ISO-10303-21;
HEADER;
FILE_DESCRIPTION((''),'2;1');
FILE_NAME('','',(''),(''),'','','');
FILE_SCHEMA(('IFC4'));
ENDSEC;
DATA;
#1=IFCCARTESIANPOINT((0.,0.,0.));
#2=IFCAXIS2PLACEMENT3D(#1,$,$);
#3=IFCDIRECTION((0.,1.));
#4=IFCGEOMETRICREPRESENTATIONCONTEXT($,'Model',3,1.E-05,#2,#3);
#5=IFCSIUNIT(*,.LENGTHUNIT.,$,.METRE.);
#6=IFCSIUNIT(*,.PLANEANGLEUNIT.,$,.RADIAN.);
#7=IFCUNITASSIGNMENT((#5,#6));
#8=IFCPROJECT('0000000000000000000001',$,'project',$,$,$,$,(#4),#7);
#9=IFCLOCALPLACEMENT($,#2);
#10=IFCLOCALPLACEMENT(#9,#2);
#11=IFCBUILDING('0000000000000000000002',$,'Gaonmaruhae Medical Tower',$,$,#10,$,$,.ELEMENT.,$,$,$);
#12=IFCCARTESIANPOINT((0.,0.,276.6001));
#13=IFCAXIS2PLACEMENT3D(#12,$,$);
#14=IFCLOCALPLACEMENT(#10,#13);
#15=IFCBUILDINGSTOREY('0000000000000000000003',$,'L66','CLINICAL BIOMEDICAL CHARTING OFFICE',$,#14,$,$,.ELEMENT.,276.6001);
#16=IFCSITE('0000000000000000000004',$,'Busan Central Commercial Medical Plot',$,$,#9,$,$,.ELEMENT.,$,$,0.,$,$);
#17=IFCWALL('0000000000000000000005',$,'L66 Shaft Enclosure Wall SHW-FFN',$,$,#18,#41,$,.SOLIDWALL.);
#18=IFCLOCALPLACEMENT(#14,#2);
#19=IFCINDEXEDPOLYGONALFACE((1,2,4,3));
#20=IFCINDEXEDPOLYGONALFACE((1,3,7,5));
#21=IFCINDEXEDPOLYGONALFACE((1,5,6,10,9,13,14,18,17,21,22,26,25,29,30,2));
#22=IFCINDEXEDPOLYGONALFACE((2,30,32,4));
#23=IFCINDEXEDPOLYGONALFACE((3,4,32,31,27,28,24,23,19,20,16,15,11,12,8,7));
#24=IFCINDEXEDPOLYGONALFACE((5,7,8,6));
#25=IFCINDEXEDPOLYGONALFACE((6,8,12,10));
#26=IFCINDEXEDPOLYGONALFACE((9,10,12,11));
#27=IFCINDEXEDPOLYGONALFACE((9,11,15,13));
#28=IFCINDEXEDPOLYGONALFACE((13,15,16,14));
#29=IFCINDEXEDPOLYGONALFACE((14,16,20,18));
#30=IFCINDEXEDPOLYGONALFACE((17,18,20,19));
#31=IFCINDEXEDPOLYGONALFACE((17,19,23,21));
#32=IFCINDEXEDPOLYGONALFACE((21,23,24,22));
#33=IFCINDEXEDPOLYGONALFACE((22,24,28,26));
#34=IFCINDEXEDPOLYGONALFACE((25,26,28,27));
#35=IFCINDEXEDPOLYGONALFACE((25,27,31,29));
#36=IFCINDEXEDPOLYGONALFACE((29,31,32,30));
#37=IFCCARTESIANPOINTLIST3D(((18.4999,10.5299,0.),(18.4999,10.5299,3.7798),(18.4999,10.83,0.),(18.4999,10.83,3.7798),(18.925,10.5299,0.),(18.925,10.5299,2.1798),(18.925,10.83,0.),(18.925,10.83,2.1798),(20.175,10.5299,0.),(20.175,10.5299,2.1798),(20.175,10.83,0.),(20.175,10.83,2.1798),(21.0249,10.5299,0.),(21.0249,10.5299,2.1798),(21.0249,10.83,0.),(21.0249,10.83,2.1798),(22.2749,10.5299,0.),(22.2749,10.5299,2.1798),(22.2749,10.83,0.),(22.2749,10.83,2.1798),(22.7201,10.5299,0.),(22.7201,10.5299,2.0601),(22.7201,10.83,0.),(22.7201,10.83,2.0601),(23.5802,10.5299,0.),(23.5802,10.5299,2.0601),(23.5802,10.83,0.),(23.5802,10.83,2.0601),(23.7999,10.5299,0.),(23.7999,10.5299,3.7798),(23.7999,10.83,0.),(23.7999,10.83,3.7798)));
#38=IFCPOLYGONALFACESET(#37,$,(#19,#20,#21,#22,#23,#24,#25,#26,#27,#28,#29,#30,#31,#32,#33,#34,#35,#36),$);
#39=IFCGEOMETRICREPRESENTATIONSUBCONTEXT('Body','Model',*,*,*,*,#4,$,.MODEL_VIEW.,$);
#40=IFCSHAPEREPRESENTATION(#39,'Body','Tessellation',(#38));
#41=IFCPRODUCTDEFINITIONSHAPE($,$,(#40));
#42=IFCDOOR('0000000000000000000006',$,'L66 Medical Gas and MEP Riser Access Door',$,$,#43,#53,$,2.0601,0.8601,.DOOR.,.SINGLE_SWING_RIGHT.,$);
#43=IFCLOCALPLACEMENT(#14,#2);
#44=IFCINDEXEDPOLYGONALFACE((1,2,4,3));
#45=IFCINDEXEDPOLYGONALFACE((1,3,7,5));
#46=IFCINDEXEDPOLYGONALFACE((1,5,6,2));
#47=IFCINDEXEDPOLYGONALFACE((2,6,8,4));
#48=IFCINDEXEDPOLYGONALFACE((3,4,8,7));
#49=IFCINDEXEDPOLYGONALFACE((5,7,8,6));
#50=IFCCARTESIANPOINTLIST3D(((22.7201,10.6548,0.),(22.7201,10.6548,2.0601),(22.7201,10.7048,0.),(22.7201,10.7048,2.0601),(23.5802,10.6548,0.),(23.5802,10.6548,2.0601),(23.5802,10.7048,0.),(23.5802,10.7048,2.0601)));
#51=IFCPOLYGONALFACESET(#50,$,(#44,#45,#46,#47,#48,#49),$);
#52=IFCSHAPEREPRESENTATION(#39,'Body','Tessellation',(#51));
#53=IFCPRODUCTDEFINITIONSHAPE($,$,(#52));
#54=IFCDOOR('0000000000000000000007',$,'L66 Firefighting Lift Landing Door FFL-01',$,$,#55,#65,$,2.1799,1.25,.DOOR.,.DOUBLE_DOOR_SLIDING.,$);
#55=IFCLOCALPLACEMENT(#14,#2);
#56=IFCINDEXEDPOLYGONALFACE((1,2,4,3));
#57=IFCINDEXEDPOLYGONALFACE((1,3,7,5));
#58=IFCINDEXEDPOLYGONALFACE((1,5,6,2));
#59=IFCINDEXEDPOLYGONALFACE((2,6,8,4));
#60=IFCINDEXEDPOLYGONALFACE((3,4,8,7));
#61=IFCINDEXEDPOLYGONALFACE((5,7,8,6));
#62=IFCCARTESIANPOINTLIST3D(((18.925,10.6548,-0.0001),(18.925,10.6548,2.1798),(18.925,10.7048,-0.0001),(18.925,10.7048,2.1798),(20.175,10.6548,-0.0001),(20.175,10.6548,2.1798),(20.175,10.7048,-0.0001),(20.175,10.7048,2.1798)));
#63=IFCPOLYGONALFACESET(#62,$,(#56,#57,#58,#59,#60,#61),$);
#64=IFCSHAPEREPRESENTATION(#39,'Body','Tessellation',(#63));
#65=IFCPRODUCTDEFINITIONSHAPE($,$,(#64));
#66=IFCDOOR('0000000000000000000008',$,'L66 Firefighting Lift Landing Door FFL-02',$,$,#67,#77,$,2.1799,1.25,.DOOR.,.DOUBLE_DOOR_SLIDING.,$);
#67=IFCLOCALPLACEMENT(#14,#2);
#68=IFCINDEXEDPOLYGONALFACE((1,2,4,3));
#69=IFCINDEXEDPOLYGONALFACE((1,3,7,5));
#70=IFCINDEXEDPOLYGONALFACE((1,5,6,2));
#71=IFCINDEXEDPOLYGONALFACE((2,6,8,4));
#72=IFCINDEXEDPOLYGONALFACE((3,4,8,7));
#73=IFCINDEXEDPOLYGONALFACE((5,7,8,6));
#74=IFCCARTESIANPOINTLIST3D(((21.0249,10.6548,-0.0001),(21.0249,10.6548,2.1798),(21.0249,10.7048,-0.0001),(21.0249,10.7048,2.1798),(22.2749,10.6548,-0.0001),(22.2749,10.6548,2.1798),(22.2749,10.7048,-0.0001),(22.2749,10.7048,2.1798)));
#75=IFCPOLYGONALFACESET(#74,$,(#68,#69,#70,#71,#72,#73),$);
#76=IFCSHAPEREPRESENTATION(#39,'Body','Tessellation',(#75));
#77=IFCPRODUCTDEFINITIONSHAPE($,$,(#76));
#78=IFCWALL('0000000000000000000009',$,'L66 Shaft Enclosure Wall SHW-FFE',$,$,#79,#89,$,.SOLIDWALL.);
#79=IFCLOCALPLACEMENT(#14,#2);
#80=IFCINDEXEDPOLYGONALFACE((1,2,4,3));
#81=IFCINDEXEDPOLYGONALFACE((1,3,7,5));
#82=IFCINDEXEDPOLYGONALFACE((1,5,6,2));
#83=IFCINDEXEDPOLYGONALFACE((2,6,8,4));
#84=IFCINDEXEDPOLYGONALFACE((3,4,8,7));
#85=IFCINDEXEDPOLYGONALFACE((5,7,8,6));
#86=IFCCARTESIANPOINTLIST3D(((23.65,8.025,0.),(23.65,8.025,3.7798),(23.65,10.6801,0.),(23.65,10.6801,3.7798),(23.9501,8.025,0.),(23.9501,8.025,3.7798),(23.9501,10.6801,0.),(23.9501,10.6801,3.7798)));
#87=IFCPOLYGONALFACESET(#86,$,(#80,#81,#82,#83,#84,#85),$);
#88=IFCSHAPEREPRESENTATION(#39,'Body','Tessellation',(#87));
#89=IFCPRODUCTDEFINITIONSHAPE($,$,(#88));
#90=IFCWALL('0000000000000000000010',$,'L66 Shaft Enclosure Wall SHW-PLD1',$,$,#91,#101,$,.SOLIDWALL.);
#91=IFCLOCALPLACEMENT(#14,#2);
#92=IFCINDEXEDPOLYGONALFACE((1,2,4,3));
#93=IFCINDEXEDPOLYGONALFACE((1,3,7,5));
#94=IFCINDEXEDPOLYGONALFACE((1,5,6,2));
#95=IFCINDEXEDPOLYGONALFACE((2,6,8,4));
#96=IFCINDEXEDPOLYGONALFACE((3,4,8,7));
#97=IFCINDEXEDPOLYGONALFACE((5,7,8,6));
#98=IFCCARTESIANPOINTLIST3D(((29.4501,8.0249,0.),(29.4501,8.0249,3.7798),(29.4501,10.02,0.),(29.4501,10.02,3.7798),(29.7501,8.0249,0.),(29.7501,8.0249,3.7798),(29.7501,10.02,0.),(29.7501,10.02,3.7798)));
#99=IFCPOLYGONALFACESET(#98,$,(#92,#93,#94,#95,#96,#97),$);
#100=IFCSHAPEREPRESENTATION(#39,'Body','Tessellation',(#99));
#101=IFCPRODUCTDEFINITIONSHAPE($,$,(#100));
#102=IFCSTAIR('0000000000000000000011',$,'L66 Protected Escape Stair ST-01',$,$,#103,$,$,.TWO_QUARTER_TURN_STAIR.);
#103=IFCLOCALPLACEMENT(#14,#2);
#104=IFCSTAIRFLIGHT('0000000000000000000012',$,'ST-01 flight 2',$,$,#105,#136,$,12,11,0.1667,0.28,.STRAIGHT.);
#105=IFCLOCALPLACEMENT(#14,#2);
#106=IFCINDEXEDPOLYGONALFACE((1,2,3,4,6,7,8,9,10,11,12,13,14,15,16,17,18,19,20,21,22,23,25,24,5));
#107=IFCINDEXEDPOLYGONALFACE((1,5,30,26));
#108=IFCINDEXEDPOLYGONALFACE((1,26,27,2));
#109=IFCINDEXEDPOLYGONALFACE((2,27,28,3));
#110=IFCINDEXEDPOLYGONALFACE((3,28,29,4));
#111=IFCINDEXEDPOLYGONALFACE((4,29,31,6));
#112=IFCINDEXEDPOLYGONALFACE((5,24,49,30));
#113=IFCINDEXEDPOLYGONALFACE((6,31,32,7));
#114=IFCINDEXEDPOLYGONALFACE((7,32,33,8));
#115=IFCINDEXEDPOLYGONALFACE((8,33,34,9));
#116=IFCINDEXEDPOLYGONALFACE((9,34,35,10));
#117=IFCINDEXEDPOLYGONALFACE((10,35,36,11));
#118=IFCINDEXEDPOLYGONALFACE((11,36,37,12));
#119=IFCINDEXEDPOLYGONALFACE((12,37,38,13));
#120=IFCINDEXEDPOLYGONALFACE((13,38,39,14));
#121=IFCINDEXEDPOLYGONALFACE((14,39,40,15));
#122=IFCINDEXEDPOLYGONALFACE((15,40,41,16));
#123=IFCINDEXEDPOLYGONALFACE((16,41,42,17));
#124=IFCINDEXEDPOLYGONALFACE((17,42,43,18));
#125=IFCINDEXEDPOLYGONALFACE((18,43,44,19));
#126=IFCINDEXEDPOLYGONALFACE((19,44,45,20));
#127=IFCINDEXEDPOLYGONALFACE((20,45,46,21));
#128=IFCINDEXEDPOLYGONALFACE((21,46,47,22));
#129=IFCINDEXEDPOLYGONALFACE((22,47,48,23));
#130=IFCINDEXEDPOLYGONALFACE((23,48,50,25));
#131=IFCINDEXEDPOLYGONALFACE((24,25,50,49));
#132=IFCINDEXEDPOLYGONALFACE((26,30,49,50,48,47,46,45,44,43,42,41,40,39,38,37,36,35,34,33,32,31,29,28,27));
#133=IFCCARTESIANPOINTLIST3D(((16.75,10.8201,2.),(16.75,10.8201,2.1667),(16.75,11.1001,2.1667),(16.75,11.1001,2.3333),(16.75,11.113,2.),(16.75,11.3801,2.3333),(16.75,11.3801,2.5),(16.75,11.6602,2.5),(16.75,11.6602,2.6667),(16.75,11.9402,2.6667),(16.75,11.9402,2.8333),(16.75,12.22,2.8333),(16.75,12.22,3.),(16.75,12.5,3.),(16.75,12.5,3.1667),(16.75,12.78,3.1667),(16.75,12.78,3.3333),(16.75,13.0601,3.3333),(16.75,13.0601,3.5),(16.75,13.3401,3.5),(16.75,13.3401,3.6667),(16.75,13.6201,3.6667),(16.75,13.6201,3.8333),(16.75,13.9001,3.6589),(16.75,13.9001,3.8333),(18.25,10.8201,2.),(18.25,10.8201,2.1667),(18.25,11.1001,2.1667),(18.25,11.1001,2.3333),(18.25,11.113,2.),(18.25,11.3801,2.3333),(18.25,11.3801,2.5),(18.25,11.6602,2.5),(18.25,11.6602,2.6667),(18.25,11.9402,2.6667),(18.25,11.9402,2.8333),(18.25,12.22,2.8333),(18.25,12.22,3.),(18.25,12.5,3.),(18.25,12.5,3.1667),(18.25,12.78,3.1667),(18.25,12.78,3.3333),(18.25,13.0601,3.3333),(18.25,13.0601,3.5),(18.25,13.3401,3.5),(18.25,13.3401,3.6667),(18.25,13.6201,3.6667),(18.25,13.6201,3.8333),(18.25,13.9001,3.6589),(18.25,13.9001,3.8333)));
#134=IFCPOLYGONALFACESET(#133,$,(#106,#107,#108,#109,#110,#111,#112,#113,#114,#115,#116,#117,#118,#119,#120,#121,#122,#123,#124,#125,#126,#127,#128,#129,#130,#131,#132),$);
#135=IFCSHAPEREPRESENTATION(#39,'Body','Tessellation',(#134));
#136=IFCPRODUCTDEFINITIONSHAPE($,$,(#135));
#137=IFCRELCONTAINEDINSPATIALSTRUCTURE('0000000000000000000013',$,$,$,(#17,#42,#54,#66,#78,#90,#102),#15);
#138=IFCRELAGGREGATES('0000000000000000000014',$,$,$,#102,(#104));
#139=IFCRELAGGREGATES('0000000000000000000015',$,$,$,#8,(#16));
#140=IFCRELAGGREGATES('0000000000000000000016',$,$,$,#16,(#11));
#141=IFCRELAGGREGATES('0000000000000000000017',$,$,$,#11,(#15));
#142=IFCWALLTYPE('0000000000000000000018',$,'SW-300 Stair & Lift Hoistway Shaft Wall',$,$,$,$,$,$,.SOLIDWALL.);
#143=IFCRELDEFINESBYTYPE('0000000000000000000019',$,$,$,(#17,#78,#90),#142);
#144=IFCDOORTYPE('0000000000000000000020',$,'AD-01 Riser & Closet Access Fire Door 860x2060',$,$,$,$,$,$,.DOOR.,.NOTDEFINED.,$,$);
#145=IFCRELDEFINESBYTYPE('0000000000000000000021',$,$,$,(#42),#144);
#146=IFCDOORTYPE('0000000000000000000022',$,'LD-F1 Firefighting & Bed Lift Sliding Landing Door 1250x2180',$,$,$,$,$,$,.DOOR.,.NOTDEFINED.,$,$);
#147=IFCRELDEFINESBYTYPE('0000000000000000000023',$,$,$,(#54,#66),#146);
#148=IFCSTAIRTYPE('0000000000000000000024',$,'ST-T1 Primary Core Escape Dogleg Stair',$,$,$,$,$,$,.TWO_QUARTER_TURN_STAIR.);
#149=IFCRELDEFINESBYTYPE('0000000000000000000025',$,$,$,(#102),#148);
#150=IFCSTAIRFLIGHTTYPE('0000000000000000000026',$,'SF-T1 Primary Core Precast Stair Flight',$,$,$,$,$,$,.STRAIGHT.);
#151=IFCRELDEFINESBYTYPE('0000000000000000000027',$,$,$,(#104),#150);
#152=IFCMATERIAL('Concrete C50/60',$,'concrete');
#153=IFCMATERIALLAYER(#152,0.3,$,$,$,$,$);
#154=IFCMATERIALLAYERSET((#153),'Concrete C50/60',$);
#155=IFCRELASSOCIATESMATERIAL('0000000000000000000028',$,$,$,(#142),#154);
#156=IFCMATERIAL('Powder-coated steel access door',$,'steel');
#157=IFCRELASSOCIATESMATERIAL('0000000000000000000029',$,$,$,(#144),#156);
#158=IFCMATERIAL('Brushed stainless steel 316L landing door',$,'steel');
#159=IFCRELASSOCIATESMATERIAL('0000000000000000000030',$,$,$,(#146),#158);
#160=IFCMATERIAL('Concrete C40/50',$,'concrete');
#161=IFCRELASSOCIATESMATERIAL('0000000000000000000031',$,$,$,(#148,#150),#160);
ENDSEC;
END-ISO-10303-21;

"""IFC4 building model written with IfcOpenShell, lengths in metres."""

from ifc_helpers import new_model, si_unit, direction, frame, frame_2d, origin, place, context, subcontext, project, spatial, polyline, rectangle, outline, extrude, material, layer, layer_set, type_object, element, fill, aggregate, save


model = new_model("IFC4")

# Units and contexts
model_context = context("Model", 3, precision=1e-05, world=origin(), true_north=direction((0.0, 1.0)))
body_context = subcontext(model_context, "Body", "Model", "MODEL_VIEW")
ifc_project = project(units=[si_unit("LENGTHUNIT", "METRE"), si_unit("PLANEANGLEUNIT", "RADIAN")], contexts=[model_context])

# Site, building, storey
site_placement = place(None, origin())
site = spatial("IfcSite", under=ifc_project, at=site_placement, Name="Busan Central Commercial Medical Plot", CompositionType="ELEMENT", RefElevation=0.0)
building_placement = place(site_placement, origin())
building = spatial("IfcBuilding", under=site, at=building_placement, Name="Gaonmaruhae Medical Tower", CompositionType="ELEMENT")
storey_placement = place(building_placement, frame((0.0, 0.0, 276.6001)))
storey = spatial("IfcBuildingStorey", under=building, at=storey_placement, Name="L66", Description="CLINICAL BIOMEDICAL CHARTING OFFICE", CompositionType="ELEMENT", Elevation=276.6001)

# Shared definitions
ifc_material_1 = material(Name="Concrete C50/60", Category="concrete")

# Wall, openings, doors
ifc_layer_1 = layer(ifc_material_1, 0.3)
ifc_layer_set_1 = layer_set([ifc_layer_1], Name="Concrete C50/60")
wall_type_1 = type_object("IfcWallType", Name="SW-300 Stair & Lift Hoistway Shaft Wall", PredefinedType="SOLIDWALL", material=ifc_layer_set_1)
wall_1_placement = place(storey_placement, frame((18.5, 10.6799, 0.0), z_axis=(0.0, 0.0, 1.0), x_axis=(1.0, 0.0, 0.0)))
wall_1 = element("IfcWall", 1, at=wall_1_placement, inside=storey, type_object=wall_type_1, Name="L66 Shaft Enclosure Wall SHW-FFN", PredefinedType="SOLIDWALL", context=body_context, shape_type="SweptSolid", body=[
    extrude(rectangle(XDim=5.3, YDim=0.3, at=frame_2d((2.6499, 0.0))), origin(), (0.0, 0.0, 1.0), 3.7798),
])
opening_1_placement = place(wall_1_placement, frame((4.22, 0.0, 0.0)))
opening_1 = element("IfcOpeningElement", 2, at=opening_1_placement, cuts=wall_1, PredefinedType="OPENING", context=body_context, shape_type="SweptSolid", body=[
    extrude(rectangle(XDim=0.8601, YDim=2.0601, at=frame_2d((0.4302, 1.03))), frame((0.0, 0.1602, 0.0), z_axis=(0.0, -1.0, 0.0), x_axis=(1.0, 0.0, 0.0)), (0.0, 0.0, 1.0), 0.3201),
])
opening_2_placement = place(wall_1_placement, frame((0.425, 0.0, 0.0)))
opening_2 = element("IfcOpeningElement", 3, at=opening_2_placement, cuts=wall_1, PredefinedType="OPENING", context=body_context, shape_type="SweptSolid", body=[
    extrude(rectangle(XDim=1.25, YDim=2.1799, at=frame_2d((0.625, 1.0898))), frame((0.0, 0.1602, 0.0), z_axis=(0.0, -1.0, 0.0), x_axis=(1.0, 0.0, 0.0)), (0.0, 0.0, 1.0), 0.3201),
])
opening_3_placement = place(wall_1_placement, frame((2.5249, 0.0, 0.0)))
opening_3 = element("IfcOpeningElement", 4, at=opening_3_placement, cuts=wall_1, PredefinedType="OPENING", context=body_context, shape_type="SweptSolid", body=[
    extrude(rectangle(XDim=1.25, YDim=2.1799, at=frame_2d((0.625, 1.0898))), frame((0.0, 0.1602, 0.0), z_axis=(0.0, -1.0, 0.0), x_axis=(1.0, 0.0, 0.0)), (0.0, 0.0, 1.0), 0.3201),
])
ifc_material_2 = material(Name="Powder-coated steel access door", Category="steel")
door_type_1 = type_object("IfcDoorType", Name="AD-01 Riser & Closet Access Fire Door 860x2060", OperationType="NOTDEFINED", PredefinedType="DOOR", material=ifc_material_2)
door_1_placement = place(opening_1_placement, origin())
door_1 = element("IfcDoor", 5, at=door_1_placement, inside=storey, type_object=door_type_1, Name="L66 Medical Gas and MEP Riser Access Door", OperationType="SINGLE_SWING_RIGHT", OverallHeight=2.0601, OverallWidth=0.8601, PredefinedType="DOOR", context=body_context, shape_type="SweptSolid", body=[
    extrude(rectangle(XDim=0.8601, YDim=2.0601, at=frame_2d((0.4302, 1.03))), frame((0.0, 0.0249, 0.0), z_axis=(0.0, -1.0, 0.0), x_axis=(1.0, 0.0, 0.0)), (0.0, 0.0, 1.0), 0.05),
])
fill(opening_1, door_1)
ifc_material_3 = material(Name="Brushed stainless steel 316L landing door", Category="steel")
door_type_2 = type_object("IfcDoorType", Name="LD-F1 Firefighting & Bed Lift Sliding Landing Door 1250x2180", OperationType="NOTDEFINED", PredefinedType="DOOR", material=ifc_material_3)
door_2_placement = place(opening_2_placement, origin())
door_2 = element("IfcDoor", 6, at=door_2_placement, inside=storey, type_object=door_type_2, Name="L66 Firefighting Lift Landing Door FFL-01", OperationType="DOUBLE_DOOR_SLIDING", OverallHeight=2.1799, OverallWidth=1.25, PredefinedType="DOOR", context=body_context, shape_type="SweptSolid", body=[
    extrude(rectangle(XDim=1.25, YDim=2.1799, at=frame_2d((0.625, 1.0898))), frame((0.0, 0.0249, 0.0), z_axis=(0.0, -1.0, 0.0), x_axis=(1.0, 0.0, 0.0)), (0.0, 0.0, 1.0), 0.05),
])
fill(opening_2, door_2)
door_3_placement = place(opening_3_placement, origin())
door_3 = element("IfcDoor", 7, at=door_3_placement, inside=storey, type_object=door_type_2, Name="L66 Firefighting Lift Landing Door FFL-02", OperationType="DOUBLE_DOOR_SLIDING", OverallHeight=2.1799, OverallWidth=1.25, PredefinedType="DOOR", context=body_context, shape_type="SweptSolid", body=[
    extrude(rectangle(XDim=1.25, YDim=2.1799, at=frame_2d((0.625, 1.0898))), frame((0.0, 0.0249, 0.0), z_axis=(0.0, -1.0, 0.0), x_axis=(1.0, 0.0, 0.0)), (0.0, 0.0, 1.0), 0.05),
])
fill(opening_3, door_3)

# Wall
wall_2_placement = place(storey_placement, frame((23.8, 8.0249, 0.0), z_axis=(0.0, 0.0, 1.0), x_axis=(0.0, 1.0, 0.0)))
element("IfcWall", 8, at=wall_2_placement, inside=storey, type_object=wall_type_1, Name="L66 Shaft Enclosure Wall SHW-FFE", PredefinedType="SOLIDWALL", context=body_context, shape_type="SweptSolid", body=[
    extrude(rectangle(XDim=2.655, YDim=0.3, at=frame_2d((1.3276, 0.0))), origin(), (0.0, 0.0, 1.0), 3.7798),
])

# Wall
wall_3_placement = place(storey_placement, frame((29.6001, 8.0249, 0.0), z_axis=(0.0, 0.0, 1.0), x_axis=(0.0, 1.0, 0.0)))
element("IfcWall", 9, at=wall_3_placement, inside=storey, type_object=wall_type_1, Name="L66 Shaft Enclosure Wall SHW-PLD1", PredefinedType="SOLIDWALL", context=body_context, shape_type="SweptSolid", body=[
    extrude(rectangle(XDim=1.9951, YDim=0.3, at=frame_2d((0.9976, 0.0))), origin(), (0.0, 0.0, 1.0), 3.7798),
])

# Stair, stair flight
ifc_material_4 = material(Name="Concrete C40/50", Category="concrete")
stair_type = type_object("IfcStairType", Name="ST-T1 Primary Core Escape Dogleg Stair", PredefinedType="TWO_QUARTER_TURN_STAIR", material=ifc_material_4)
stair_placement = place(storey_placement, origin())
stair = element("IfcStair", 10, at=stair_placement, inside=storey, type_object=stair_type, Name="L66 Protected Escape Stair ST-01", PredefinedType="TWO_QUARTER_TURN_STAIR")
stair_flight_type = type_object("IfcStairFlightType", Name="SF-T1 Primary Core Precast Stair Flight", PredefinedType="STRAIGHT", material=ifc_material_4)
stair_flight_placement = place(storey_placement, frame((17.5, 10.8201, 2.0), z_axis=(0.0, 0.0, 1.0), x_axis=(0.0, 1.0, 0.0)))
stair_flight = element("IfcStairFlight", 11, at=stair_flight_placement, type_object=stair_flight_type, Name="ST-01 flight 2", NumberOfRisers=12, NumberOfTreads=11, PredefinedType="STRAIGHT", RiserHeight=0.1667, TreadLength=0.28, context=body_context, shape_type="SweptSolid", body=[
    extrude(outline(polyline([(0.0, 0.0), (0.0, 0.1667), (0.28, 0.1667), (0.28, 0.3333), (0.5601, 0.3333), (0.5601, 0.5), (0.8401, 0.5), (0.8401, 0.6667), (1.1201, 0.6667), (1.1201, 0.8333), (1.3999, 0.8333), (1.3999, 1.0), (1.6799, 1.0), (1.6799, 1.1667), (1.96, 1.1667), (1.96, 1.3333), (2.24, 1.3333), (2.24, 1.5), (2.52, 1.5), (2.52, 1.6667), (2.8, 1.6667), (2.8, 1.8333), (3.0801, 1.8333), (3.0801, 2.0), (3.0801, 1.6589), (0.293, 0.0), (0.0, 0.0)])), frame((0.0, 0.75, 0.0), z_axis=(0.0, -1.0, 0.0), x_axis=(1.0, 0.0, 0.0)), (0.0, 0.0, 1.0), 1.5),
])
aggregate(stair, [stair_flight])

save(model, "model.ifc")
